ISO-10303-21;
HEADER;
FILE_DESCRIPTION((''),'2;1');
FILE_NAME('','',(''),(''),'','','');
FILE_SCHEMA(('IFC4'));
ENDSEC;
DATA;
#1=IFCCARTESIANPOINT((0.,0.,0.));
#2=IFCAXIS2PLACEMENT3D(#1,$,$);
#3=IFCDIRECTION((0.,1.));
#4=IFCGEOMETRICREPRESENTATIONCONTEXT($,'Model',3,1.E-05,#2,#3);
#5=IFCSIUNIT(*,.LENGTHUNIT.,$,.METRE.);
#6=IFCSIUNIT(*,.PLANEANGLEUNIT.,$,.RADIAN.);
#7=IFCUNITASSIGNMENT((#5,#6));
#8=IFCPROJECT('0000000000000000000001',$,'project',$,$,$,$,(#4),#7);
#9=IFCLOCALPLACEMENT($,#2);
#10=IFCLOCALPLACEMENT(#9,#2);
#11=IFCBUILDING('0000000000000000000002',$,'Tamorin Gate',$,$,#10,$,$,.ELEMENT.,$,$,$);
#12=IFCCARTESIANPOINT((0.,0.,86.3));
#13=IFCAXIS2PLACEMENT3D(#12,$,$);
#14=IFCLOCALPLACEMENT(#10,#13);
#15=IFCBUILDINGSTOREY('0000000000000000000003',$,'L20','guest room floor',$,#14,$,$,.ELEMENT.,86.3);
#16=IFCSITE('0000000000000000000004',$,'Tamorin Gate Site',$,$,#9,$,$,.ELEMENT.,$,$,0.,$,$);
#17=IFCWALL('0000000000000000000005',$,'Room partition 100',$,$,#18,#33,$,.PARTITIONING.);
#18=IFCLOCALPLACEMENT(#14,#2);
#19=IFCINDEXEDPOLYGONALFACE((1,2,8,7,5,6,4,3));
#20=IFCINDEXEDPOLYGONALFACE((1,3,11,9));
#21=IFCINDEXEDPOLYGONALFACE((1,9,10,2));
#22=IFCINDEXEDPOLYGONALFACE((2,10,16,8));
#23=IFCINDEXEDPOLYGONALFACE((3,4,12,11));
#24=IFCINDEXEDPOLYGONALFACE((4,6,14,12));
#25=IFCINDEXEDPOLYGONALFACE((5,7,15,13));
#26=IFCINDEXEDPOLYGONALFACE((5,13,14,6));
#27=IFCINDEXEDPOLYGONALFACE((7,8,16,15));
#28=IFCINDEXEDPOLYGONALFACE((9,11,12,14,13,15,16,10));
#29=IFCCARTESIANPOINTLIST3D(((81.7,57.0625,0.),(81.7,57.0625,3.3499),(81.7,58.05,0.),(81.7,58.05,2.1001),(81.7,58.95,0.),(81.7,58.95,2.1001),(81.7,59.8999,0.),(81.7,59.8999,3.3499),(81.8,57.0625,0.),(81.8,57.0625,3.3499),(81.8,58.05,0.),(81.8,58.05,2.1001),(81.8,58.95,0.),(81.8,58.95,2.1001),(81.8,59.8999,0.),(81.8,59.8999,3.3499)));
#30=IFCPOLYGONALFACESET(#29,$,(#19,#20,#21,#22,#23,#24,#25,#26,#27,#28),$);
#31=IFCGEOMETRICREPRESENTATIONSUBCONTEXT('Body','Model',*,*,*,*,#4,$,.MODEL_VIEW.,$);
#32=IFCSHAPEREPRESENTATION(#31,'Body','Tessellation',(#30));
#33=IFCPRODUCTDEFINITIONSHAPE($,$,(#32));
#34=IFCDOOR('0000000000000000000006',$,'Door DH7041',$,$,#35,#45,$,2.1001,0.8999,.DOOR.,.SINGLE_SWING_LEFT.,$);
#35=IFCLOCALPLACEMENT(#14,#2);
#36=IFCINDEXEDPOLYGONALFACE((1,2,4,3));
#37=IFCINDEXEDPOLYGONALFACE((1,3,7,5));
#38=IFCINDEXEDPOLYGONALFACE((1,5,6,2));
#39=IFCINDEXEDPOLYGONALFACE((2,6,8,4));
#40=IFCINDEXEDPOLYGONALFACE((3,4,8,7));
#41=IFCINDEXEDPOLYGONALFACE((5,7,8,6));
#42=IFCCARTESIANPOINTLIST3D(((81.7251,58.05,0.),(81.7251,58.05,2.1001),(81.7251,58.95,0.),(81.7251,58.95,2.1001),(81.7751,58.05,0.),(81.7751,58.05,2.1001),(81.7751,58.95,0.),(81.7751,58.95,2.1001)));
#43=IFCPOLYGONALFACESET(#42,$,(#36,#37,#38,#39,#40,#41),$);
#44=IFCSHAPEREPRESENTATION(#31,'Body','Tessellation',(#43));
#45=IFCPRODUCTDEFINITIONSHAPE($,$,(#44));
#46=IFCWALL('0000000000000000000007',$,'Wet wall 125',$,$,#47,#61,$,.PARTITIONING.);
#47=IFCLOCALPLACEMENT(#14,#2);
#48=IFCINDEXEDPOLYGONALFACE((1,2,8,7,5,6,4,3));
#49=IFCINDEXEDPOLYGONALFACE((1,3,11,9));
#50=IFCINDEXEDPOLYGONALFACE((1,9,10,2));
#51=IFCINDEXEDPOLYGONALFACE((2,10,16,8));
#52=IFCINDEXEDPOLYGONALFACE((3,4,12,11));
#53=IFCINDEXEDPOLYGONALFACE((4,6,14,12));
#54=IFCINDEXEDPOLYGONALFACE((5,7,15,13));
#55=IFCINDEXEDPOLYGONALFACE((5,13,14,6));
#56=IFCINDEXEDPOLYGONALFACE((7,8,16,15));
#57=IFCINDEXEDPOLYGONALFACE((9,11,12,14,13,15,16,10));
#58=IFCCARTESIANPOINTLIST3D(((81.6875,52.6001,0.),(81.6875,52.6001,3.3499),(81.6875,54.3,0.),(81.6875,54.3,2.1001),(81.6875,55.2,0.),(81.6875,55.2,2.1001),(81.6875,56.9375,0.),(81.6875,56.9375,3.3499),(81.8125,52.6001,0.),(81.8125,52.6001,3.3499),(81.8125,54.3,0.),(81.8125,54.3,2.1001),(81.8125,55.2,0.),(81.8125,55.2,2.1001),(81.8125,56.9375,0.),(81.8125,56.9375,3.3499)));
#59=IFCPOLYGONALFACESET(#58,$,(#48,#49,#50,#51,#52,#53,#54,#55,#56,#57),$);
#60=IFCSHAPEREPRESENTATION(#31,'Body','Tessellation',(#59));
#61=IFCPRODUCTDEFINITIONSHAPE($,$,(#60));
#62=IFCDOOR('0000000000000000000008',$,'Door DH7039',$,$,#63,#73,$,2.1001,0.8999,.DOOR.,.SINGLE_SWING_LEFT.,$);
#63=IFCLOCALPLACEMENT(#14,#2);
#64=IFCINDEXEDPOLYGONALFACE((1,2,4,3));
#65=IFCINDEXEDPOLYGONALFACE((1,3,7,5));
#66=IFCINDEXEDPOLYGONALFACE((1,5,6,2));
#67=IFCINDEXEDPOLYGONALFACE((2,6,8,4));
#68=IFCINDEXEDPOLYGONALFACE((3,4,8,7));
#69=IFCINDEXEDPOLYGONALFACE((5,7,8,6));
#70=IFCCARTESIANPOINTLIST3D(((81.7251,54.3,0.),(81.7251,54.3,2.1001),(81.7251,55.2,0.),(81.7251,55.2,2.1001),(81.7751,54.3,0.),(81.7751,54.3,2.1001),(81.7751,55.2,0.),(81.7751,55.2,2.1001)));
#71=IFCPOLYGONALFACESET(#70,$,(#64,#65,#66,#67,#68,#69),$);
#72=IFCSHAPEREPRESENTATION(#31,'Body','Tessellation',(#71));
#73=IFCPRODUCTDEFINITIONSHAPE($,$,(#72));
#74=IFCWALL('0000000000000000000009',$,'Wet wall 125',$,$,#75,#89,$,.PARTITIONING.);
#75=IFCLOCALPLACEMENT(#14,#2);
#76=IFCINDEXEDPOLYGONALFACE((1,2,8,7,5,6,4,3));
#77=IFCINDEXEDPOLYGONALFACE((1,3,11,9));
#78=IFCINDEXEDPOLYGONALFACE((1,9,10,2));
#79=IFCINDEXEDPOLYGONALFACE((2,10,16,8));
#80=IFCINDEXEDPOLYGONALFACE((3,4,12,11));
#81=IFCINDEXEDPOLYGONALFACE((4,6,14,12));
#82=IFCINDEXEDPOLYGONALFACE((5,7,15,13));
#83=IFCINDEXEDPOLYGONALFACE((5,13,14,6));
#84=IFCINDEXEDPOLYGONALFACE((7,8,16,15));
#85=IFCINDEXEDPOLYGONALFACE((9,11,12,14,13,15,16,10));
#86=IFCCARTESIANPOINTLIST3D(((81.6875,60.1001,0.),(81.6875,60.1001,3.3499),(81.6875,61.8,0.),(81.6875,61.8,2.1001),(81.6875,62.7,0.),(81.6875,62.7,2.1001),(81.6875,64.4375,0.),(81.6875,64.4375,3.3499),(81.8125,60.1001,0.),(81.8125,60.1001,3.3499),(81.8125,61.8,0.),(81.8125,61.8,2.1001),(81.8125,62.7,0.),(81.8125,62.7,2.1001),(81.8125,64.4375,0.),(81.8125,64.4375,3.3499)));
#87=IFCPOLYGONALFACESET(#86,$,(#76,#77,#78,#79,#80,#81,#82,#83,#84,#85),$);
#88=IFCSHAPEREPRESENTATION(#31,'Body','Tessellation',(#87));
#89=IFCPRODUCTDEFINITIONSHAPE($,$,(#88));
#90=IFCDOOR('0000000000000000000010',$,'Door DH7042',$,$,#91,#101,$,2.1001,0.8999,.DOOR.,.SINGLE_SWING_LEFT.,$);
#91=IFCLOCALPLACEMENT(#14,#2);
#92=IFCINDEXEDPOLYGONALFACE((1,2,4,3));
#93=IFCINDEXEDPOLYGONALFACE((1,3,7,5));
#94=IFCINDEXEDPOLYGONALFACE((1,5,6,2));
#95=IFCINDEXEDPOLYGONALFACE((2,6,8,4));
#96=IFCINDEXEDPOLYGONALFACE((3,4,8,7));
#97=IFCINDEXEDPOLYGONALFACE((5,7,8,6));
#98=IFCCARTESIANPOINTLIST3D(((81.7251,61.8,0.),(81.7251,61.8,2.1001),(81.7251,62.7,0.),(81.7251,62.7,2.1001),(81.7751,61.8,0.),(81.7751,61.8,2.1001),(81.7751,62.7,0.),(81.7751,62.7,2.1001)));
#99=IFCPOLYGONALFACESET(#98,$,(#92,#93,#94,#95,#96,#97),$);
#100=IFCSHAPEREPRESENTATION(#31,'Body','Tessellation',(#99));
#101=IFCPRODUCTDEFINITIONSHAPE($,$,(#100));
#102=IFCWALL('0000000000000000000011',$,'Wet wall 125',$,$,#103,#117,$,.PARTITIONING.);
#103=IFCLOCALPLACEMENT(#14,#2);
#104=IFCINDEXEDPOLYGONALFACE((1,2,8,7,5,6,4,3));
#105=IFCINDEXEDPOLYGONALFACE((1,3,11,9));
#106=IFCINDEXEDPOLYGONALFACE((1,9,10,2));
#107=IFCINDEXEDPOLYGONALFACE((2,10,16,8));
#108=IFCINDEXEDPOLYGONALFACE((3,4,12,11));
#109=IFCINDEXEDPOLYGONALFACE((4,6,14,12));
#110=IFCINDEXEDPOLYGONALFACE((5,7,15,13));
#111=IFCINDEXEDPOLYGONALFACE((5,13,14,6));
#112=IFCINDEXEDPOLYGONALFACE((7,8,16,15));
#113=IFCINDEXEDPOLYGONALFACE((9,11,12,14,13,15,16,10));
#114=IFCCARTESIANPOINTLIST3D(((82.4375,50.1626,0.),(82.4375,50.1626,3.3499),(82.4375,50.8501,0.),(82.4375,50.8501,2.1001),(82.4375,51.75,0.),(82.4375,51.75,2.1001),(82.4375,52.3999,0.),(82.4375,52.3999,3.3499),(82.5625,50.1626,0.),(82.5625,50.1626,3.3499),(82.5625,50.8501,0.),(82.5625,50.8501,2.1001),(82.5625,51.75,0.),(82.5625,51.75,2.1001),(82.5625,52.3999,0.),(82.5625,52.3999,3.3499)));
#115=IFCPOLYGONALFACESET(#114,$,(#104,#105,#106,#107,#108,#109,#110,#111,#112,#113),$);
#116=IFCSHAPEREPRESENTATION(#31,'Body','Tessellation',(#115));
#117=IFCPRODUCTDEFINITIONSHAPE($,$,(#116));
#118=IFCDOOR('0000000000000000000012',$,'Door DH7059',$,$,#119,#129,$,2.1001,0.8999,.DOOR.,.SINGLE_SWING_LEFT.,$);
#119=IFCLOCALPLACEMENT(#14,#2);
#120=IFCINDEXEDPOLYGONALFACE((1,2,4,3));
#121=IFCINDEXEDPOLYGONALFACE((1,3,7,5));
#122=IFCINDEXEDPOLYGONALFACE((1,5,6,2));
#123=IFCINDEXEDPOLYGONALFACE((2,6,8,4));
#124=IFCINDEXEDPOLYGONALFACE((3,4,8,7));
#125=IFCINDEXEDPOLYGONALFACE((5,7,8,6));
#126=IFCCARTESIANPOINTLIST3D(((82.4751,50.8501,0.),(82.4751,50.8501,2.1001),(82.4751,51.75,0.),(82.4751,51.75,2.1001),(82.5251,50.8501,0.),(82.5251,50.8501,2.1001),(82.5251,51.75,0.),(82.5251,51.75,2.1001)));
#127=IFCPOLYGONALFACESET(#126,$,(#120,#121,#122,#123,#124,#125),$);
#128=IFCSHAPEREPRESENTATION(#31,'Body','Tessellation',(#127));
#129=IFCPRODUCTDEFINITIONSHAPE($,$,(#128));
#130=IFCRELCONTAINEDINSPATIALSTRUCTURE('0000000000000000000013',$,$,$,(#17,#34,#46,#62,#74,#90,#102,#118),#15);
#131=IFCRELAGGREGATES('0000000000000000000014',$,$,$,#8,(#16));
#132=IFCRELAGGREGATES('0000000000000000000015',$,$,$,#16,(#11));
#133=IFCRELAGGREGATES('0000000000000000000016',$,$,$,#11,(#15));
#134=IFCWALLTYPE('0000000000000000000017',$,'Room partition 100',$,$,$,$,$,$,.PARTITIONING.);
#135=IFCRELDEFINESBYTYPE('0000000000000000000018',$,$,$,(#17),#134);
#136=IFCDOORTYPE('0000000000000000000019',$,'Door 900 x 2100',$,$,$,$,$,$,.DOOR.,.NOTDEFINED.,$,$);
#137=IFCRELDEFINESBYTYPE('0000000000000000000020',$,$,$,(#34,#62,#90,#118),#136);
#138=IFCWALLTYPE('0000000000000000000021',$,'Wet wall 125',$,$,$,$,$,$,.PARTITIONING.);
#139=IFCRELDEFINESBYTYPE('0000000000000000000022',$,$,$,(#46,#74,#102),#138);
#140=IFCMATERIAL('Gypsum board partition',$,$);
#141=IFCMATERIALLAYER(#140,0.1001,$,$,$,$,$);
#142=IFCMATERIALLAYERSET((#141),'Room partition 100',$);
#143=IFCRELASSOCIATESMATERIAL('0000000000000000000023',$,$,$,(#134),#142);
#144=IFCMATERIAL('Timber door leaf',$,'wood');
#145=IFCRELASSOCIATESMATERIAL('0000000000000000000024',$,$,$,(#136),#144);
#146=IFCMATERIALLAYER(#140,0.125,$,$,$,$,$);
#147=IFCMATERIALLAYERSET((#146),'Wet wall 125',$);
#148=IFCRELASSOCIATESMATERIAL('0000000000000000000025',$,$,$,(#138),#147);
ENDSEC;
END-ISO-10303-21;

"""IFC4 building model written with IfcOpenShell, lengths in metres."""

from ifc_helpers import new_model, si_unit, direction, frame, frame_2d, origin, place, context, subcontext, project, spatial, rectangle, extrude, material, layer, layer_set, type_object, element, fill, save


model = new_model("IFC4")

# Units and contexts
model_context = context("Model", 3, precision=1e-05, world=origin(), true_north=direction((0.0, 1.0)))
body_context = subcontext(model_context, "Body", "Model", "MODEL_VIEW")
ifc_project = project(units=[si_unit("LENGTHUNIT", "METRE"), si_unit("PLANEANGLEUNIT", "RADIAN")], contexts=[model_context])

# Site, building, storey
site_placement = place(None, origin())
site = spatial("IfcSite", under=ifc_project, at=site_placement, Name="Tamorin Gate Site", CompositionType="ELEMENT", RefElevation=0.0)
building_placement = place(site_placement, origin())
building = spatial("IfcBuilding", under=site, at=building_placement, Name="Tamorin Gate", CompositionType="ELEMENT")
storey_placement = place(building_placement, frame((0.0, 0.0, 86.3)))
storey = spatial("IfcBuildingStorey", under=building, at=storey_placement, Name="L20", Description="guest room floor", CompositionType="ELEMENT", Elevation=86.3)

# Walls, openings, doors
ifc_material_1 = material(Name="Gypsum board partition")
ifc_layer_1 = layer(ifc_material_1, 0.1001)
ifc_layer_set_1 = layer_set([ifc_layer_1], Name="Room partition 100")
wall_type_1 = type_object("IfcWallType", Name="Room partition 100", PredefinedType="PARTITIONING", material=ifc_layer_set_1)
wall_1_placement = place(storey_placement, frame((81.75, 57.0625, 0.0), z_axis=(0.0, 0.0, 1.0), x_axis=(0.0, 1.0, 0.0)))
wall_1 = element("IfcWall", 1, at=wall_1_placement, inside=storey, type_object=wall_type_1, Name="Room partition 100", PredefinedType="PARTITIONING", context=body_context, shape_type="SweptSolid", body=[
    extrude(rectangle(XDim=2.8374, YDim=0.1001, at=frame_2d((1.4187, 0.0))), origin(), (0.0, 0.0, 1.0), 3.3499),
])
opening_1_placement = place(wall_1_placement, frame((0.9875, 0.0, 0.0)))
opening_1 = element("IfcOpeningElement", 2, at=opening_1_placement, cuts=wall_1, PredefinedType="OPENING", context=body_context, shape_type="SweptSolid", body=[
    extrude(rectangle(XDim=0.8999, YDim=2.1001, at=frame_2d((0.45, 1.05))), frame((0.0, 0.0601, 0.0), z_axis=(0.0, -1.0, 0.0), x_axis=(1.0, 0.0, 0.0)), (0.0, 0.0, 1.0), 0.1201),
])
ifc_material_2 = material(Name="Timber door leaf", Category="wood")
door_type = type_object("IfcDoorType", Name="Door 900 x 2100", OperationType="NOTDEFINED", PredefinedType="DOOR", material=ifc_material_2)
door_1_placement = place(opening_1_placement, origin())
door_1 = element("IfcDoor", 3, at=door_1_placement, inside=storey, type_object=door_type, Name="Door DH7041", OperationType="SINGLE_SWING_LEFT", OverallHeight=2.1001, OverallWidth=0.8999, PredefinedType="DOOR", context=body_context, shape_type="SweptSolid", body=[
    extrude(rectangle(XDim=0.8999, YDim=2.1001, at=frame_2d((0.45, 1.05))), frame((0.0, 0.0249, 0.0), z_axis=(0.0, -1.0, 0.0), x_axis=(1.0, 0.0, 0.0)), (0.0, 0.0, 1.0), 0.05),
])
fill(opening_1, door_1)
ifc_layer_2 = layer(ifc_material_1, 0.125)
ifc_layer_set_2 = layer_set([ifc_layer_2], Name="Wet wall 125")
wall_type_2 = type_object("IfcWallType", Name="Wet wall 125", PredefinedType="PARTITIONING", material=ifc_layer_set_2)
wall_2_placement = place(storey_placement, frame((81.75, 52.6001, 0.0), z_axis=(0.0, 0.0, 1.0), x_axis=(0.0, 1.0, 0.0)))
wall_2 = element("IfcWall", 4, at=wall_2_placement, inside=storey, type_object=wall_type_2, Name="Wet wall 125", PredefinedType="PARTITIONING", context=body_context, shape_type="SweptSolid", body=[
    extrude(rectangle(XDim=4.3374, YDim=0.125, at=frame_2d((2.1687, 0.0))), origin(), (0.0, 0.0, 1.0), 3.3499),
])
opening_2_placement = place(wall_2_placement, frame((1.7, 0.0, 0.0)))
opening_2 = element("IfcOpeningElement", 5, at=opening_2_placement, cuts=wall_2, PredefinedType="OPENING", context=body_context, shape_type="SweptSolid", body=[
    extrude(rectangle(XDim=0.8999, YDim=2.1001, at=frame_2d((0.45, 1.05))), frame((0.0, 0.0725, 0.0), z_axis=(0.0, -1.0, 0.0), x_axis=(1.0, 0.0, 0.0)), (0.0, 0.0, 1.0), 0.145),
])
door_2_placement = place(opening_2_placement, origin())
door_2 = element("IfcDoor", 6, at=door_2_placement, inside=storey, type_object=door_type, Name="Door DH7039", OperationType="SINGLE_SWING_LEFT", OverallHeight=2.1001, OverallWidth=0.8999, PredefinedType="DOOR", context=body_context, shape_type="SweptSolid", body=[
    extrude(rectangle(XDim=0.8999, YDim=2.1001, at=frame_2d((0.45, 1.05))), frame((0.0, 0.0249, 0.0), z_axis=(0.0, -1.0, 0.0), x_axis=(1.0, 0.0, 0.0)), (0.0, 0.0, 1.0), 0.05),
])
fill(opening_2, door_2)
wall_3_placement = place(storey_placement, frame((81.75, 60.1001, 0.0), z_axis=(0.0, 0.0, 1.0), x_axis=(0.0, 1.0, 0.0)))
wall_3 = element("IfcWall", 7, at=wall_3_placement, inside=storey, type_object=wall_type_2, Name="Wet wall 125", PredefinedType="PARTITIONING", context=body_context, shape_type="SweptSolid", body=[
    extrude(rectangle(XDim=4.3374, YDim=0.125, at=frame_2d((2.1687, 0.0))), origin(), (0.0, 0.0, 1.0), 3.3499),
])
opening_3_placement = place(wall_3_placement, frame((1.7, 0.0, 0.0)))
opening_3 = element("IfcOpeningElement", 8, at=opening_3_placement, cuts=wall_3, PredefinedType="OPENING", context=body_context, shape_type="SweptSolid", body=[
    extrude(rectangle(XDim=0.8999, YDim=2.1001, at=frame_2d((0.45, 1.05))), frame((0.0, 0.0725, 0.0), z_axis=(0.0, -1.0, 0.0), x_axis=(1.0, 0.0, 0.0)), (0.0, 0.0, 1.0), 0.145),
])
door_3_placement = place(opening_3_placement, origin())
door_3 = element("IfcDoor", 9, at=door_3_placement, inside=storey, type_object=door_type, Name="Door DH7042", OperationType="SINGLE_SWING_LEFT", OverallHeight=2.1001, OverallWidth=0.8999, PredefinedType="DOOR", context=body_context, shape_type="SweptSolid", body=[
    extrude(rectangle(XDim=0.8999, YDim=2.1001, at=frame_2d((0.45, 1.05))), frame((0.0, 0.0249, 0.0), z_axis=(0.0, -1.0, 0.0), x_axis=(1.0, 0.0, 0.0)), (0.0, 0.0, 1.0), 0.05),
])
fill(opening_3, door_3)
wall_4_placement = place(storey_placement, frame((82.5, 50.1626, 0.0), z_axis=(0.0, 0.0, 1.0), x_axis=(0.0, 1.0, 0.0)))
wall_4 = element("IfcWall", 10, at=wall_4_placement, inside=storey, type_object=wall_type_2, Name="Wet wall 125", PredefinedType="PARTITIONING", context=body_context, shape_type="SweptSolid", body=[
    extrude(rectangle(XDim=2.2373, YDim=0.125, at=frame_2d((1.1187, 0.0))), origin(), (0.0, 0.0, 1.0), 3.3499),
])
opening_4_placement = place(wall_4_placement, frame((0.6875, 0.0, 0.0)))
opening_4 = element("IfcOpeningElement", 11, at=opening_4_placement, cuts=wall_4, PredefinedType="OPENING", context=body_context, shape_type="SweptSolid", body=[
    extrude(rectangle(XDim=0.8999, YDim=2.1001, at=frame_2d((0.45, 1.05))), frame((0.0, 0.0725, 0.0), z_axis=(0.0, -1.0, 0.0), x_axis=(1.0, 0.0, 0.0)), (0.0, 0.0, 1.0), 0.145),
])
door_4_placement = place(opening_4_placement, origin())
door_4 = element("IfcDoor", 12, at=door_4_placement, inside=storey, type_object=door_type, Name="Door DH7059", OperationType="SINGLE_SWING_LEFT", OverallHeight=2.1001, OverallWidth=0.8999, PredefinedType="DOOR", context=body_context, shape_type="SweptSolid", body=[
    extrude(rectangle(XDim=0.8999, YDim=2.1001, at=frame_2d((0.45, 1.05))), frame((0.0, 0.0249, 0.0), z_axis=(0.0, -1.0, 0.0), x_axis=(1.0, 0.0, 0.0)), (0.0, 0.0, 1.0), 0.05),
])
fill(opening_4, door_4)

save(model, "model.ifc")
